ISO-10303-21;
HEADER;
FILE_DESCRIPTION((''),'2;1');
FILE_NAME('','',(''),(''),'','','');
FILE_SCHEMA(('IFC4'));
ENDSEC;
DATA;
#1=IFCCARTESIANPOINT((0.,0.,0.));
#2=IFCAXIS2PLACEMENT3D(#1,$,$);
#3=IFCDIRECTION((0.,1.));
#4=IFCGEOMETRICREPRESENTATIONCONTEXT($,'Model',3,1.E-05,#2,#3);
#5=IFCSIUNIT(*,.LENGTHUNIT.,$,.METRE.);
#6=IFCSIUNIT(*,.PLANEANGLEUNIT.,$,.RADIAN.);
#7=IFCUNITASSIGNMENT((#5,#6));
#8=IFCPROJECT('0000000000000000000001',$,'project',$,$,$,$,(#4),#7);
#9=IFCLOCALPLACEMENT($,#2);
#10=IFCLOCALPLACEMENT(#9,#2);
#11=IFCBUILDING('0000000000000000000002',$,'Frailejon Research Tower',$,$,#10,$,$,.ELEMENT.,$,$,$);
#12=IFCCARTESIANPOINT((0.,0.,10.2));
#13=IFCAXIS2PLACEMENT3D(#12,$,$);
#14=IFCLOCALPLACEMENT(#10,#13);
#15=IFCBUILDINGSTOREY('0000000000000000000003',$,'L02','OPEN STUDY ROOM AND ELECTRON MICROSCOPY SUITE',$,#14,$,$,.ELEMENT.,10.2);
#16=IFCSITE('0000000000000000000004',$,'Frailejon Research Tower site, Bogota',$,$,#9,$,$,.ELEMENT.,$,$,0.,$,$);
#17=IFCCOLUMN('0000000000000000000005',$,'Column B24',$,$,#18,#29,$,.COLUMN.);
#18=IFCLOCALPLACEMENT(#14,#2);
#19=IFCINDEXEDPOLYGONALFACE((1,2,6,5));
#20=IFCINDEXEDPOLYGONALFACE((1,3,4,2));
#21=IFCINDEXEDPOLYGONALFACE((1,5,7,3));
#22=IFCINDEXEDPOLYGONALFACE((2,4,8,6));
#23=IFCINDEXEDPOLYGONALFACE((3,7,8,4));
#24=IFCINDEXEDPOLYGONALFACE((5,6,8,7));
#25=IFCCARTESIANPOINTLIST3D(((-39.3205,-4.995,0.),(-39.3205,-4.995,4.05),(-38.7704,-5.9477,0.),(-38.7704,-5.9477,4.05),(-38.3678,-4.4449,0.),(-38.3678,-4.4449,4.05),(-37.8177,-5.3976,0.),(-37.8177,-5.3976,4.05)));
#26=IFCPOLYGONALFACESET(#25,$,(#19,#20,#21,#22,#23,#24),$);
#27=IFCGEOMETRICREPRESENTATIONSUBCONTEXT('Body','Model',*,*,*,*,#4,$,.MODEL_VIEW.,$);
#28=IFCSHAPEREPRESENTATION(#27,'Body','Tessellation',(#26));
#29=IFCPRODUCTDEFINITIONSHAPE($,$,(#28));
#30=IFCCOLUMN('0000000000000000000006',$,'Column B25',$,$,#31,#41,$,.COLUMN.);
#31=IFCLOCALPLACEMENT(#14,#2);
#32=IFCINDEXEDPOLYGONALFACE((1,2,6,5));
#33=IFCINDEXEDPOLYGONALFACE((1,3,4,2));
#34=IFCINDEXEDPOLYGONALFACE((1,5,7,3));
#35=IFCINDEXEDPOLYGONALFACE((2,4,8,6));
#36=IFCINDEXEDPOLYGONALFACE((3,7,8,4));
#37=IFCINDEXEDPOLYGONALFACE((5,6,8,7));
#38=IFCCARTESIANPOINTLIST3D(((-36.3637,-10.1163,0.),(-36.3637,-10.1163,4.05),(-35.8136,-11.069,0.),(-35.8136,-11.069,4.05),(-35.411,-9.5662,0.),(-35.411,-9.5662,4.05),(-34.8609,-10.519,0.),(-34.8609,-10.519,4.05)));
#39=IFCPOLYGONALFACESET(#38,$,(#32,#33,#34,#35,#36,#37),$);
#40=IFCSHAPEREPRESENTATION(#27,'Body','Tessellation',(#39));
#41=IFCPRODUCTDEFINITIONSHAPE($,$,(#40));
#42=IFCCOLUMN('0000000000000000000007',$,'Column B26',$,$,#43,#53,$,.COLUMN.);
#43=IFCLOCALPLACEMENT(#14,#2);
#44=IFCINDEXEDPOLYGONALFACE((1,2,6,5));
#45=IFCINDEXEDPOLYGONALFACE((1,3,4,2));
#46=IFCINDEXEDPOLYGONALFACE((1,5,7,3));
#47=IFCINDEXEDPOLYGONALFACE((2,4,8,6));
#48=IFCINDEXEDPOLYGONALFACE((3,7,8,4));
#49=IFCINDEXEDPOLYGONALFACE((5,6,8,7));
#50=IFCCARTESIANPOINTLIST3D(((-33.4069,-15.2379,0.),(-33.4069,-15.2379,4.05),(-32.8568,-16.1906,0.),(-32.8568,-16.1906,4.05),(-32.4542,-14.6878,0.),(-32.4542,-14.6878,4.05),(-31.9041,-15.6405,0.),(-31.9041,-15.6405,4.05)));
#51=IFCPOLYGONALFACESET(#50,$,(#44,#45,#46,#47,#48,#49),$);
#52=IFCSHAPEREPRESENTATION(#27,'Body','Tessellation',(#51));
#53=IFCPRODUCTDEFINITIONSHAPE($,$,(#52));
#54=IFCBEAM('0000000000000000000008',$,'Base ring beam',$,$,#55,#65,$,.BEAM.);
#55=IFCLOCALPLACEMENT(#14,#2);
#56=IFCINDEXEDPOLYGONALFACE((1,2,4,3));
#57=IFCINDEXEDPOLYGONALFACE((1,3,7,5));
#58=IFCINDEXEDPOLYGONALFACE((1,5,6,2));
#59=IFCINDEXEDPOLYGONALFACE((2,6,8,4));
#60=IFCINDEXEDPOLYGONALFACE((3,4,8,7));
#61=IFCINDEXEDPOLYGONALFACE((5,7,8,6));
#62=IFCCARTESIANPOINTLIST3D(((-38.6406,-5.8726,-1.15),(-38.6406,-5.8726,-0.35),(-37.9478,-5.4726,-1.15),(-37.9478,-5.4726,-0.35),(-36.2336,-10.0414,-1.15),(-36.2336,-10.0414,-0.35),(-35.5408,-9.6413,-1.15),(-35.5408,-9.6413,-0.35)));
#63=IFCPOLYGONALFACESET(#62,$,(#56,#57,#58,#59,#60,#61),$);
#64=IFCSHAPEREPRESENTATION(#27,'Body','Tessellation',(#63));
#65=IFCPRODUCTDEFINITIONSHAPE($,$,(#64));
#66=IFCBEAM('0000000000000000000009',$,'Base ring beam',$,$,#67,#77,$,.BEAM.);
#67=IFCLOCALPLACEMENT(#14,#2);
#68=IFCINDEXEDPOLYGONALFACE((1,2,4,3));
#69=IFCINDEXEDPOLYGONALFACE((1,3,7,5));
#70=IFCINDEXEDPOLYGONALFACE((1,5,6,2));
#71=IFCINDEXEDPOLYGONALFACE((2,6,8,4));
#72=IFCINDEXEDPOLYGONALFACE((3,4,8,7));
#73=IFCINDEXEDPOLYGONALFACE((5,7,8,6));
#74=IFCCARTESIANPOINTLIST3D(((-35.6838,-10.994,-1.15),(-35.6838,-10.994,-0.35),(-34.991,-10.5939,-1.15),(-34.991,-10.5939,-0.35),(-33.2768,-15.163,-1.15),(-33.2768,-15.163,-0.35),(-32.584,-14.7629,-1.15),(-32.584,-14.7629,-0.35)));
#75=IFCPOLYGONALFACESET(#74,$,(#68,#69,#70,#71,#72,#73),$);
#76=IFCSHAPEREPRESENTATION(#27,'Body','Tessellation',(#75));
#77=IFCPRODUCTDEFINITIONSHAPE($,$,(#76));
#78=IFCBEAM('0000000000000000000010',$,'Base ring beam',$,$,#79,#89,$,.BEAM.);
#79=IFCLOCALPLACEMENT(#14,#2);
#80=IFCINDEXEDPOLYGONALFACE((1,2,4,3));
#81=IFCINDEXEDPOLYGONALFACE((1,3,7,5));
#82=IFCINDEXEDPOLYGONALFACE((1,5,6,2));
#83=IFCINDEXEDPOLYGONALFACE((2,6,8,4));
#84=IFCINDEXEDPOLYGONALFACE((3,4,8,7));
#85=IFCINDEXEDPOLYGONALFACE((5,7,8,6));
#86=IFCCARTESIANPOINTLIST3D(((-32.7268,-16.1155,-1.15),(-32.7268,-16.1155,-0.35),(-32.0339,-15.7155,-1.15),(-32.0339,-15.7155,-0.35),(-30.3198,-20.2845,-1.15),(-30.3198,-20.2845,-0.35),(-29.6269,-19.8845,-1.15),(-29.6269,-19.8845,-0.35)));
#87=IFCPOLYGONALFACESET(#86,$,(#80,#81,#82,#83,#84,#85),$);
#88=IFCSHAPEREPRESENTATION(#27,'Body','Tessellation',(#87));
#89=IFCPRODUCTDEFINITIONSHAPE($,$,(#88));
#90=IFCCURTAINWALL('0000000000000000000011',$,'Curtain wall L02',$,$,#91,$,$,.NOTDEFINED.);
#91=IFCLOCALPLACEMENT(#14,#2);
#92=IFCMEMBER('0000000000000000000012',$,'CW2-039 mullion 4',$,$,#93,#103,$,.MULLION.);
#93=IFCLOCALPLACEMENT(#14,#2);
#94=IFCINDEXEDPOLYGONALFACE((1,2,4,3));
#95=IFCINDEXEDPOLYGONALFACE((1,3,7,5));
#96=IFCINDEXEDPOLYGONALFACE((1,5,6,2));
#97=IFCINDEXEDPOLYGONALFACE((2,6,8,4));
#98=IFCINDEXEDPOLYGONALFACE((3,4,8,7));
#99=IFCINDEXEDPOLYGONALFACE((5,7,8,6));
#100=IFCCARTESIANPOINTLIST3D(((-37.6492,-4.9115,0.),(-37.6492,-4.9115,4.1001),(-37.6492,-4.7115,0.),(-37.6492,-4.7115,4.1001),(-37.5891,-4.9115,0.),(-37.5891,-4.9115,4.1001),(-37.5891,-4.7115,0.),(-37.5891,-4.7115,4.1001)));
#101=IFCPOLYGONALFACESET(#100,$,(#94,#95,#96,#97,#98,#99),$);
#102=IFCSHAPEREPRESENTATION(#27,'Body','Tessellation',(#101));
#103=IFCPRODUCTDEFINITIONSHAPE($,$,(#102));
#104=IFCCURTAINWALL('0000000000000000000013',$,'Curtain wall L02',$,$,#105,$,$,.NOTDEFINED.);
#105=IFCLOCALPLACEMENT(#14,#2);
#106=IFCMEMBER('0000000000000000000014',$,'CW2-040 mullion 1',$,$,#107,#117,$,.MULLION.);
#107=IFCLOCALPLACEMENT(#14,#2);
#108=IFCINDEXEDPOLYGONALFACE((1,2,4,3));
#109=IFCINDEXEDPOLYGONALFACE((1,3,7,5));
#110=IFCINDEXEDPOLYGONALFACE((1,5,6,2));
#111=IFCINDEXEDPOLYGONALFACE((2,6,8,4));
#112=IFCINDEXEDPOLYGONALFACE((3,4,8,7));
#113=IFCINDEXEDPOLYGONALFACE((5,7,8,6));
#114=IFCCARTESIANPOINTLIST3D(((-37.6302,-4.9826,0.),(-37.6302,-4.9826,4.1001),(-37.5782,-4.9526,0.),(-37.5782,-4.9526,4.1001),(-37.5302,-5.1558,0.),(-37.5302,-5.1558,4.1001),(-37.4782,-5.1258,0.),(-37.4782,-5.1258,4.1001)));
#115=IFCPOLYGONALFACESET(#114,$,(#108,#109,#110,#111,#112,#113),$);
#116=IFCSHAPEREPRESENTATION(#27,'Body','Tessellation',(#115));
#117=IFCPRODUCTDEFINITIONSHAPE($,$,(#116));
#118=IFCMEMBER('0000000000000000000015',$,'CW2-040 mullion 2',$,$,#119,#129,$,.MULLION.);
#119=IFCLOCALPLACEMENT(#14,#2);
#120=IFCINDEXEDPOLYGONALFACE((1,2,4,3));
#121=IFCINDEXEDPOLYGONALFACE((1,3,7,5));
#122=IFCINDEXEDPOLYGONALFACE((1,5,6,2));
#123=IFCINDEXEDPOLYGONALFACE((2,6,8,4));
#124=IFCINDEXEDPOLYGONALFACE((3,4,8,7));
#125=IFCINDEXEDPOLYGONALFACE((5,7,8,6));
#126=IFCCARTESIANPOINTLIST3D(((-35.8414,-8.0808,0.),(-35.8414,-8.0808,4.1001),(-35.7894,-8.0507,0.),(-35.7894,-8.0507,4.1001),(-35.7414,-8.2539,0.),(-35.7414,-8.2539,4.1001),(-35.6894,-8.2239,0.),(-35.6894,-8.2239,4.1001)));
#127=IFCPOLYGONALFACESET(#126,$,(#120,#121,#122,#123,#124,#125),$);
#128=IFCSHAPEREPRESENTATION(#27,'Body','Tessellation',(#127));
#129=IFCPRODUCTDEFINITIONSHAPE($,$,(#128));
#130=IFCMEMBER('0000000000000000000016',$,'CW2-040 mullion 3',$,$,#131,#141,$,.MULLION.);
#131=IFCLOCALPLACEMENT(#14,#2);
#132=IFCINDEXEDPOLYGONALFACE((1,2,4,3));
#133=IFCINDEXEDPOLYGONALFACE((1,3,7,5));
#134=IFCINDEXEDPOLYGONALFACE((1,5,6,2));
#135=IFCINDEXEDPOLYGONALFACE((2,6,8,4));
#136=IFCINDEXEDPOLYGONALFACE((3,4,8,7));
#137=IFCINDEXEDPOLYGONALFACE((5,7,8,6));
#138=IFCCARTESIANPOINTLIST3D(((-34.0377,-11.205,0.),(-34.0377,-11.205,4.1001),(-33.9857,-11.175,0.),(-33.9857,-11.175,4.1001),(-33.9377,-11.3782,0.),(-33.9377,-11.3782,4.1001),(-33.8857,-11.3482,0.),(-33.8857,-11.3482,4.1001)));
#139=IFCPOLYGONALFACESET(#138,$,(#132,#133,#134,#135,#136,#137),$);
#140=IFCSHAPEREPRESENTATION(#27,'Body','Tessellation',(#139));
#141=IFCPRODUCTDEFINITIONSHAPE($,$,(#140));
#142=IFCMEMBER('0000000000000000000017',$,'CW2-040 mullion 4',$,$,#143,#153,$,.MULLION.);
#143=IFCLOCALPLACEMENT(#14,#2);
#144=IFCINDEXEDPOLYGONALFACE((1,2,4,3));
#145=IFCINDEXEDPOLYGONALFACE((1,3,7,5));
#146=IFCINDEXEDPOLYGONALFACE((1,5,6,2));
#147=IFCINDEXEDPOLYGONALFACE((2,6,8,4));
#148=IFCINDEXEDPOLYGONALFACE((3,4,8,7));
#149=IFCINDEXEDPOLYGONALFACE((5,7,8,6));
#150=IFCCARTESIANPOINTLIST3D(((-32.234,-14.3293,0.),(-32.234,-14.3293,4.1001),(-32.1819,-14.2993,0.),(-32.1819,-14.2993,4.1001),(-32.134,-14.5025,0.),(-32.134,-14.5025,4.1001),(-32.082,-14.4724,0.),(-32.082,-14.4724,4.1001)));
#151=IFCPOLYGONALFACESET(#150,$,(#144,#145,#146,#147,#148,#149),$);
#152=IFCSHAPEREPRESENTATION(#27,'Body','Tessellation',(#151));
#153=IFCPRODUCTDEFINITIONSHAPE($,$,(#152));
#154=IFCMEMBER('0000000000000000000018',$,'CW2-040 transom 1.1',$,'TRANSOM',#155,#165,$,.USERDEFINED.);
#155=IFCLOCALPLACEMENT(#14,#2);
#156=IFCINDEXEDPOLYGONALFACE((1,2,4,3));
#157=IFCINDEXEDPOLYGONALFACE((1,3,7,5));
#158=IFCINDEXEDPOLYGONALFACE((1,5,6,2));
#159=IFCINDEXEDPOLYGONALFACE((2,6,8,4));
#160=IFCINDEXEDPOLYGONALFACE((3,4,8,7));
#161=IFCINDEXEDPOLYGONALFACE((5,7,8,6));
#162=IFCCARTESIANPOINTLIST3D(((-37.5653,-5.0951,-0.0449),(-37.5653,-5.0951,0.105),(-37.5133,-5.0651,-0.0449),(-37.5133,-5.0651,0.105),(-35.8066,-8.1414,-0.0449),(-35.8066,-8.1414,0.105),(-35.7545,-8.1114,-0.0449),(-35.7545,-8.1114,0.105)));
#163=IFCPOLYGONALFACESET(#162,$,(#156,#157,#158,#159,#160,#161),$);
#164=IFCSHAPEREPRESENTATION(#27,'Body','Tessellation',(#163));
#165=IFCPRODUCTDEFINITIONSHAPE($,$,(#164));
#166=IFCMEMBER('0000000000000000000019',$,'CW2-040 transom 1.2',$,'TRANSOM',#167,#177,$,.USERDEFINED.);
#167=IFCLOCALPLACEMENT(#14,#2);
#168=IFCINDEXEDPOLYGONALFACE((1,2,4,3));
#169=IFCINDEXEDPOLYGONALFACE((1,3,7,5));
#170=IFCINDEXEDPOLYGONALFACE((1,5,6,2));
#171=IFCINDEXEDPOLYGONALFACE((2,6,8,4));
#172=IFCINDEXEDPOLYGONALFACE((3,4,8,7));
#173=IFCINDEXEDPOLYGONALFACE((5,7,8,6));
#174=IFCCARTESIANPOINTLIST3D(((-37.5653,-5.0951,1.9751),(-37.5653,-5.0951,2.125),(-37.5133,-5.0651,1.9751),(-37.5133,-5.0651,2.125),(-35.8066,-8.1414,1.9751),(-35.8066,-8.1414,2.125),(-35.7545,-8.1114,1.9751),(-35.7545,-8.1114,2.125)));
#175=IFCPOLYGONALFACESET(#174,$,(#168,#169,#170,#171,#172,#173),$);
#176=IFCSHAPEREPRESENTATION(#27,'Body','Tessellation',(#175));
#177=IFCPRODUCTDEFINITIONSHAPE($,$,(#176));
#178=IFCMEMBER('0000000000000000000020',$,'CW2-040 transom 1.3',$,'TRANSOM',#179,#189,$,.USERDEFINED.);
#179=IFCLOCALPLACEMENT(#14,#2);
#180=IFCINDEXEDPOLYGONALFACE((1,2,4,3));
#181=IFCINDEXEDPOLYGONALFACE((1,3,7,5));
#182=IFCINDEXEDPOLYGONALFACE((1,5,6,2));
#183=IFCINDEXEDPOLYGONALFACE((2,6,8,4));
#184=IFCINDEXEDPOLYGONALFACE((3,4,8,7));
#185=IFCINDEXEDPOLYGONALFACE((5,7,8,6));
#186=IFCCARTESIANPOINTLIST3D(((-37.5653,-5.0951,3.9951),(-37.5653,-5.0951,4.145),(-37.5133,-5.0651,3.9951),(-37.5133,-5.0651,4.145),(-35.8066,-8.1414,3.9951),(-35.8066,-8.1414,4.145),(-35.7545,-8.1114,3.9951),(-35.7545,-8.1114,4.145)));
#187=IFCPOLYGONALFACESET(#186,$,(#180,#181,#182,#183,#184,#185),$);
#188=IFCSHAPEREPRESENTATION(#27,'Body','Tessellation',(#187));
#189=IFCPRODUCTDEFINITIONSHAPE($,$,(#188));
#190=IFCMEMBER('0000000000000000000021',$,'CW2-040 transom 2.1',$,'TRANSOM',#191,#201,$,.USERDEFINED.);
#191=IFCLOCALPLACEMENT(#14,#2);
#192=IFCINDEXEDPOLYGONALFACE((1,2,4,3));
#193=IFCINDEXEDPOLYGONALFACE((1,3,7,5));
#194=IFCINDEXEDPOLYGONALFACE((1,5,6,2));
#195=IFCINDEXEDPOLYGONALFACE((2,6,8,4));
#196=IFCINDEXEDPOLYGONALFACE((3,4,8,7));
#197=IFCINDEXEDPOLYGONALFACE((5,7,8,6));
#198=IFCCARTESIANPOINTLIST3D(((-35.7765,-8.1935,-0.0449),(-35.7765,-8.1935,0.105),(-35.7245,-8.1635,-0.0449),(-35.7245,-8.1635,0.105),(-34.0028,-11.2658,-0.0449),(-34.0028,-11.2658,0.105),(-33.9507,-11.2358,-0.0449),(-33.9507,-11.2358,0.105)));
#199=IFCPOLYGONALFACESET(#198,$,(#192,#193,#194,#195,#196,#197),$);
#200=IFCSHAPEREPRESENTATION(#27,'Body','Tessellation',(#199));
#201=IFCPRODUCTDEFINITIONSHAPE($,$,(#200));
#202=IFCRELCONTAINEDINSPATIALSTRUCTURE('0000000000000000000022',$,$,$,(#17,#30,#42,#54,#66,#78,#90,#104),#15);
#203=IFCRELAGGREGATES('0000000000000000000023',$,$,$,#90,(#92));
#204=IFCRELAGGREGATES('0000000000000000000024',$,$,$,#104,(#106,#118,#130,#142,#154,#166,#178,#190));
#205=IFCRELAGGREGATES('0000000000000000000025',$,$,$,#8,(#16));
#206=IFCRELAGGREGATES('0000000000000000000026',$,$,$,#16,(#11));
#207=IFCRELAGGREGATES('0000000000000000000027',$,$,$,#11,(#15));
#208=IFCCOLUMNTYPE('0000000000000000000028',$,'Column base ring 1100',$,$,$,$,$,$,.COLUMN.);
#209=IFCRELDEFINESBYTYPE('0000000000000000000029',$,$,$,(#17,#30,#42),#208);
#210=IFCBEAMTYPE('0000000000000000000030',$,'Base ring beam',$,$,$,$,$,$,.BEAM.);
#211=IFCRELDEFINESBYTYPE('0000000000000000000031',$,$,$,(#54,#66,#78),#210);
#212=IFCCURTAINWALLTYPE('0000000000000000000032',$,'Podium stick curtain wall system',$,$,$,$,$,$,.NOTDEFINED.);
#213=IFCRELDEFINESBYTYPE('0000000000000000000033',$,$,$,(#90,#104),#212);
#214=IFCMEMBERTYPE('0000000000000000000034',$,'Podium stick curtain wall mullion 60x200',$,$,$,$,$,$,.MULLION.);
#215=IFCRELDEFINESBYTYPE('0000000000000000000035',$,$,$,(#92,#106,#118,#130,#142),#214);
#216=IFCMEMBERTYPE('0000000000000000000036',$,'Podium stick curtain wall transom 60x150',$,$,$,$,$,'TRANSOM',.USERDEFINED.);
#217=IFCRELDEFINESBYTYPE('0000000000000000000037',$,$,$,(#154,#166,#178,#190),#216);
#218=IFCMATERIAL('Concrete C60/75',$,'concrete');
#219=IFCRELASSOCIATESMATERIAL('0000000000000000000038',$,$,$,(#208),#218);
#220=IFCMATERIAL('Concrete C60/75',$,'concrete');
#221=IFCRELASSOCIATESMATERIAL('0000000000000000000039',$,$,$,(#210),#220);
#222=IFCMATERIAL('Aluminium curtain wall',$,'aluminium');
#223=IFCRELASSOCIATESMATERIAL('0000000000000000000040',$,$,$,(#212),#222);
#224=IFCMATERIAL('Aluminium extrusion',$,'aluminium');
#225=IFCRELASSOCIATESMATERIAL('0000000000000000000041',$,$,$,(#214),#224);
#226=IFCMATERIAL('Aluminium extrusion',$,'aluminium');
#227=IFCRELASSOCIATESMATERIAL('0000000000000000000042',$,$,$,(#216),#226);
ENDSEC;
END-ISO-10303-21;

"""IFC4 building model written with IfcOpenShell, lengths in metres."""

from ifc_helpers import new_model, si_unit, direction, frame, origin, origin_2d, place, context, subcontext, project, spatial, rectangle, extrude, material, material_profile, profile_set, type_object, element, aggregate, save


model = new_model("IFC4")

# Units and contexts
model_context = context("Model", 3, precision=1e-05, world=origin(), true_north=direction((0.0, 1.0)))
body_context = subcontext(model_context, "Body", "Model", "MODEL_VIEW")
ifc_project = project(units=[si_unit("LENGTHUNIT", "METRE"), si_unit("PLANEANGLEUNIT", "RADIAN")], contexts=[model_context])

# Site, building, storey
site_placement = place(None, origin())
site = spatial("IfcSite", under=ifc_project, at=site_placement, Name="Frailejon Research Tower site, Bogota", CompositionType="ELEMENT", RefElevation=0.0)
building_placement = place(site_placement, origin())
building = spatial("IfcBuilding", under=site, at=building_placement, Name="Frailejon Research Tower", CompositionType="ELEMENT")
storey_placement = place(building_placement, frame((0.0, 0.0, 10.2)))
storey = spatial("IfcBuildingStorey", under=building, at=storey_placement, Name="L02", Description="OPEN STUDY ROOM AND ELECTRON MICROSCOPY SUITE", CompositionType="ELEMENT", Elevation=10.2)

# Columns
ifc_material_1 = material(Name="Concrete C60/75", Category="concrete")
ifc_material_profile_1 = material_profile(ifc_material_1, rectangle(XDim=1.1001, YDim=1.1001, at=origin_2d()), Name="Column base ring 1100")
ifc_profile_set_1 = profile_set([ifc_material_profile_1], Name="Concrete C60/75")
column_type = type_object("IfcColumnType", Name="Column base ring 1100", PredefinedType="COLUMN", material=ifc_profile_set_1)
for number, where, z_axis, x_axis, name in (
    (1, (-38.5691, -5.1963, 0.0), (0.0, 0.0, 1.0), (0.5, -0.866025, 0.0), "Column B24"),
    (2, (-35.6123, -10.3176, 0.0), (0.0, 0.0, 1.0), (0.5, -0.866025, 0.0), "Column B25"),
    (3, (-32.6555, -15.4392, 0.0), (0.0, 0.0, 1.0), (0.5, -0.866025, 0.0), "Column B26"),
):
    element("IfcColumn", number, at=place(storey_placement, frame(where, z_axis=z_axis, x_axis=x_axis)), inside=storey, type_object=column_type, Name=name, PredefinedType="COLUMN", context=body_context, shape_type="SweptSolid", body=[
        extrude(rectangle(XDim=1.1001, YDim=1.1001, at=origin_2d()), origin(), (0.0, 0.0, 1.0), 4.05),
    ])

# Beams
ifc_material_2 = material(Name="Concrete C60/75", Category="concrete")
ifc_material_profile_2 = material_profile(ifc_material_2, rectangle(XDim=0.8, YDim=0.8, at=origin_2d()), Name="Base ring beam")
ifc_profile_set_2 = profile_set([ifc_material_profile_2], Name="Concrete C60/75")
beam_type = type_object("IfcBeamType", Name="Base ring beam", PredefinedType="BEAM", material=ifc_profile_set_2)
beam_placement = place(storey_placement, frame((-38.2942, -5.6726, -0.75), z_axis=(0.500028, -0.866009, 0.0), x_axis=(0.866009, 0.500028, 0.0)))
element("IfcBeam", 4, at=beam_placement, inside=storey, type_object=beam_type, Name="Base ring beam", PredefinedType="BEAM", context=body_context, shape_type="SweptSolid", body=[
    extrude(rectangle(XDim=0.8, YDim=0.8, at=origin_2d()), origin(), (0.0, 0.0, 1.0), 4.8137),
])
for number, where, z_axis, x_axis, name in (
    (5, (-35.3374, -10.7939, -0.75), (0.500006, -0.866022, 0.0), (0.866022, 0.500006, 0.0), "Base ring beam"),
    (6, (-32.3804, -15.9155, -0.75), (0.500006, -0.866022, 0.0), (0.866022, 0.500006, 0.0), "Base ring beam"),
):
    element("IfcBeam", number, at=place(storey_placement, frame(where, z_axis=z_axis, x_axis=x_axis)), inside=storey, type_object=beam_type, Name=name, PredefinedType="BEAM", context=body_context, shape_type="SweptSolid", body=[
        extrude(rectangle(XDim=0.8, YDim=0.8, at=origin_2d()), origin(), (0.0, 0.0, 1.0), 4.814),
    ])

# Curtain wall, member
ifc_material_3 = material(Name="Aluminium curtain wall", Category="aluminium")
curtain_wall_type = type_object("IfcCurtainWallType", Name="Podium stick curtain wall system", PredefinedType="NOTDEFINED", material=ifc_material_3)
curtain_wall_1_placement = place(storey_placement, origin())
curtain_wall_1 = element("IfcCurtainWall", 7, at=curtain_wall_1_placement, inside=storey, type_object=curtain_wall_type, Name="Curtain wall L02", PredefinedType="NOTDEFINED")
ifc_material_4 = material(Name="Aluminium extrusion", Category="aluminium")
ifc_material_profile_3 = material_profile(ifc_material_4, rectangle(XDim=0.0601, YDim=0.2, at=origin_2d()), Name="Podium stick curtain wall mullion 60x200")
ifc_profile_set_3 = profile_set([ifc_material_profile_3], Name="Aluminium extrusion")
member_type_1 = type_object("IfcMemberType", Name="Podium stick curtain wall mullion 60x200", PredefinedType="MULLION", material=ifc_profile_set_3)
member_1_placement = place(storey_placement, frame((-37.6191, -4.8115, 0.0), z_axis=(0.0, 0.0, 1.0), x_axis=(1.0, 0.0, 0.0)))
member_1 = element("IfcMember", 8, at=member_1_placement, type_object=member_type_1, Name="CW2-039 mullion 4", PredefinedType="MULLION", context=body_context, shape_type="SweptSolid", body=[
    extrude(rectangle(XDim=0.0601, YDim=0.2, at=origin_2d()), origin(), (0.0, 0.0, 1.0), 4.1001),
])
aggregate(curtain_wall_1, [member_1])

# Curtain wall, members
curtain_wall_2_placement = place(storey_placement, origin())
curtain_wall_2 = element("IfcCurtainWall", 9, at=curtain_wall_2_placement, inside=storey, type_object=curtain_wall_type, Name="Curtain wall L02", PredefinedType="NOTDEFINED")
member_2_placement = place(storey_placement, frame((-37.5542, -5.0542, 0.0), z_axis=(0.0, 0.0, 1.0), x_axis=(0.866026, 0.499998, 0.0)))
member_2 = element("IfcMember", 10, at=member_2_placement, type_object=member_type_1, Name="CW2-040 mullion 1", PredefinedType="MULLION", context=body_context, shape_type="SweptSolid", body=[
    extrude(rectangle(XDim=0.0601, YDim=0.2, at=origin_2d()), origin(), (0.0, 0.0, 1.0), 4.1001),
])
member_3_placement = place(storey_placement, frame((-35.7654, -8.1523, 0.0), z_axis=(0.0, 0.0, 1.0), x_axis=(0.866026, 0.499998, 0.0)))
member_3 = element("IfcMember", 11, at=member_3_placement, type_object=member_type_1, Name="CW2-040 mullion 2", PredefinedType="MULLION", context=body_context, shape_type="SweptSolid", body=[
    extrude(rectangle(XDim=0.0601, YDim=0.2, at=origin_2d()), origin(), (0.0, 0.0, 1.0), 4.1001),
])
member_4_placement = place(storey_placement, frame((-33.9617, -11.2766, 0.0), z_axis=(0.0, 0.0, 1.0), x_axis=(0.866026, 0.499998, 0.0)))
member_4 = element("IfcMember", 12, at=member_4_placement, type_object=member_type_1, Name="CW2-040 mullion 3", PredefinedType="MULLION", context=body_context, shape_type="SweptSolid", body=[
    extrude(rectangle(XDim=0.0601, YDim=0.2, at=origin_2d()), origin(), (0.0, 0.0, 1.0), 4.1001),
])
member_5_placement = place(storey_placement, frame((-32.158, -14.4009, 0.0), z_axis=(0.0, 0.0, 1.0), x_axis=(0.866026, 0.499998, 0.0)))
member_5 = element("IfcMember", 13, at=member_5_placement, type_object=member_type_1, Name="CW2-040 mullion 4", PredefinedType="MULLION", context=body_context, shape_type="SweptSolid", body=[
    extrude(rectangle(XDim=0.0601, YDim=0.2, at=origin_2d()), origin(), (0.0, 0.0, 1.0), 4.1001),
])
ifc_material_5 = material(Name="Aluminium extrusion", Category="aluminium")
ifc_material_profile_4 = material_profile(ifc_material_5, rectangle(XDim=0.0601, YDim=0.1499, at=origin_2d()), Name="Podium stick curtain wall transom 60x150")
ifc_profile_set_4 = profile_set([ifc_material_profile_4], Name="Aluminium extrusion")
member_type_2 = type_object("IfcMemberType", Name="Podium stick curtain wall transom 60x150", ElementType="TRANSOM", PredefinedType="USERDEFINED", material=ifc_profile_set_4)
member_6_placement = place(storey_placement, frame((-37.5393, -5.0801, 0.03), z_axis=(0.499991, -0.866031, 0.0), x_axis=(0.866031, 0.499991, 0.0)))
member_6 = element("IfcMember", 14, at=member_6_placement, type_object=member_type_2, Name="CW2-040 transom 1.1", ObjectType="TRANSOM", PredefinedType="USERDEFINED", context=body_context, shape_type="SweptSolid", body=[
    extrude(rectangle(XDim=0.0601, YDim=0.1499, at=origin_2d()), origin(), (0.0, 0.0, 1.0), 3.5176),
])
member_7_placement = place(storey_placement, frame((-37.5393, -5.0801, 2.05), z_axis=(0.499991, -0.866031, 0.0), x_axis=(0.866031, 0.499991, 0.0)))
member_7 = element("IfcMember", 15, at=member_7_placement, type_object=member_type_2, Name="CW2-040 transom 1.2", ObjectType="TRANSOM", PredefinedType="USERDEFINED", context=body_context, shape_type="SweptSolid", body=[
    extrude(rectangle(XDim=0.0601, YDim=0.1499, at=origin_2d()), origin(), (0.0, 0.0, 1.0), 3.5176),
])
member_8_placement = place(storey_placement, frame((-37.5393, -5.0801, 4.0701), z_axis=(0.499991, -0.866031, 0.0), x_axis=(0.866031, 0.499991, 0.0)))
member_8 = element("IfcMember", 16, at=member_8_placement, type_object=member_type_2, Name="CW2-040 transom 1.3", ObjectType="TRANSOM", PredefinedType="USERDEFINED", context=body_context, shape_type="SweptSolid", body=[
    extrude(rectangle(XDim=0.0601, YDim=0.1499, at=origin_2d()), origin(), (0.0, 0.0, 1.0), 3.5176),
])
member_9_placement = place(storey_placement, frame((-35.7505, -8.1785, 0.03), z_axis=(0.499981, -0.866037, 0.0), x_axis=(0.866037, 0.499981, 0.0)))
member_9 = element("IfcMember", 17, at=member_9_placement, type_object=member_type_2, Name="CW2-040 transom 2.1", ObjectType="TRANSOM", PredefinedType="USERDEFINED", context=body_context, shape_type="SweptSolid", body=[
    extrude(rectangle(XDim=0.0601, YDim=0.1499, at=origin_2d()), origin(), (0.0, 0.0, 1.0), 3.5476),
])
aggregate(curtain_wall_2, [member_2, member_3, member_4, member_5, member_6, member_7, member_8, member_9])

save(model, "model.ifc")
